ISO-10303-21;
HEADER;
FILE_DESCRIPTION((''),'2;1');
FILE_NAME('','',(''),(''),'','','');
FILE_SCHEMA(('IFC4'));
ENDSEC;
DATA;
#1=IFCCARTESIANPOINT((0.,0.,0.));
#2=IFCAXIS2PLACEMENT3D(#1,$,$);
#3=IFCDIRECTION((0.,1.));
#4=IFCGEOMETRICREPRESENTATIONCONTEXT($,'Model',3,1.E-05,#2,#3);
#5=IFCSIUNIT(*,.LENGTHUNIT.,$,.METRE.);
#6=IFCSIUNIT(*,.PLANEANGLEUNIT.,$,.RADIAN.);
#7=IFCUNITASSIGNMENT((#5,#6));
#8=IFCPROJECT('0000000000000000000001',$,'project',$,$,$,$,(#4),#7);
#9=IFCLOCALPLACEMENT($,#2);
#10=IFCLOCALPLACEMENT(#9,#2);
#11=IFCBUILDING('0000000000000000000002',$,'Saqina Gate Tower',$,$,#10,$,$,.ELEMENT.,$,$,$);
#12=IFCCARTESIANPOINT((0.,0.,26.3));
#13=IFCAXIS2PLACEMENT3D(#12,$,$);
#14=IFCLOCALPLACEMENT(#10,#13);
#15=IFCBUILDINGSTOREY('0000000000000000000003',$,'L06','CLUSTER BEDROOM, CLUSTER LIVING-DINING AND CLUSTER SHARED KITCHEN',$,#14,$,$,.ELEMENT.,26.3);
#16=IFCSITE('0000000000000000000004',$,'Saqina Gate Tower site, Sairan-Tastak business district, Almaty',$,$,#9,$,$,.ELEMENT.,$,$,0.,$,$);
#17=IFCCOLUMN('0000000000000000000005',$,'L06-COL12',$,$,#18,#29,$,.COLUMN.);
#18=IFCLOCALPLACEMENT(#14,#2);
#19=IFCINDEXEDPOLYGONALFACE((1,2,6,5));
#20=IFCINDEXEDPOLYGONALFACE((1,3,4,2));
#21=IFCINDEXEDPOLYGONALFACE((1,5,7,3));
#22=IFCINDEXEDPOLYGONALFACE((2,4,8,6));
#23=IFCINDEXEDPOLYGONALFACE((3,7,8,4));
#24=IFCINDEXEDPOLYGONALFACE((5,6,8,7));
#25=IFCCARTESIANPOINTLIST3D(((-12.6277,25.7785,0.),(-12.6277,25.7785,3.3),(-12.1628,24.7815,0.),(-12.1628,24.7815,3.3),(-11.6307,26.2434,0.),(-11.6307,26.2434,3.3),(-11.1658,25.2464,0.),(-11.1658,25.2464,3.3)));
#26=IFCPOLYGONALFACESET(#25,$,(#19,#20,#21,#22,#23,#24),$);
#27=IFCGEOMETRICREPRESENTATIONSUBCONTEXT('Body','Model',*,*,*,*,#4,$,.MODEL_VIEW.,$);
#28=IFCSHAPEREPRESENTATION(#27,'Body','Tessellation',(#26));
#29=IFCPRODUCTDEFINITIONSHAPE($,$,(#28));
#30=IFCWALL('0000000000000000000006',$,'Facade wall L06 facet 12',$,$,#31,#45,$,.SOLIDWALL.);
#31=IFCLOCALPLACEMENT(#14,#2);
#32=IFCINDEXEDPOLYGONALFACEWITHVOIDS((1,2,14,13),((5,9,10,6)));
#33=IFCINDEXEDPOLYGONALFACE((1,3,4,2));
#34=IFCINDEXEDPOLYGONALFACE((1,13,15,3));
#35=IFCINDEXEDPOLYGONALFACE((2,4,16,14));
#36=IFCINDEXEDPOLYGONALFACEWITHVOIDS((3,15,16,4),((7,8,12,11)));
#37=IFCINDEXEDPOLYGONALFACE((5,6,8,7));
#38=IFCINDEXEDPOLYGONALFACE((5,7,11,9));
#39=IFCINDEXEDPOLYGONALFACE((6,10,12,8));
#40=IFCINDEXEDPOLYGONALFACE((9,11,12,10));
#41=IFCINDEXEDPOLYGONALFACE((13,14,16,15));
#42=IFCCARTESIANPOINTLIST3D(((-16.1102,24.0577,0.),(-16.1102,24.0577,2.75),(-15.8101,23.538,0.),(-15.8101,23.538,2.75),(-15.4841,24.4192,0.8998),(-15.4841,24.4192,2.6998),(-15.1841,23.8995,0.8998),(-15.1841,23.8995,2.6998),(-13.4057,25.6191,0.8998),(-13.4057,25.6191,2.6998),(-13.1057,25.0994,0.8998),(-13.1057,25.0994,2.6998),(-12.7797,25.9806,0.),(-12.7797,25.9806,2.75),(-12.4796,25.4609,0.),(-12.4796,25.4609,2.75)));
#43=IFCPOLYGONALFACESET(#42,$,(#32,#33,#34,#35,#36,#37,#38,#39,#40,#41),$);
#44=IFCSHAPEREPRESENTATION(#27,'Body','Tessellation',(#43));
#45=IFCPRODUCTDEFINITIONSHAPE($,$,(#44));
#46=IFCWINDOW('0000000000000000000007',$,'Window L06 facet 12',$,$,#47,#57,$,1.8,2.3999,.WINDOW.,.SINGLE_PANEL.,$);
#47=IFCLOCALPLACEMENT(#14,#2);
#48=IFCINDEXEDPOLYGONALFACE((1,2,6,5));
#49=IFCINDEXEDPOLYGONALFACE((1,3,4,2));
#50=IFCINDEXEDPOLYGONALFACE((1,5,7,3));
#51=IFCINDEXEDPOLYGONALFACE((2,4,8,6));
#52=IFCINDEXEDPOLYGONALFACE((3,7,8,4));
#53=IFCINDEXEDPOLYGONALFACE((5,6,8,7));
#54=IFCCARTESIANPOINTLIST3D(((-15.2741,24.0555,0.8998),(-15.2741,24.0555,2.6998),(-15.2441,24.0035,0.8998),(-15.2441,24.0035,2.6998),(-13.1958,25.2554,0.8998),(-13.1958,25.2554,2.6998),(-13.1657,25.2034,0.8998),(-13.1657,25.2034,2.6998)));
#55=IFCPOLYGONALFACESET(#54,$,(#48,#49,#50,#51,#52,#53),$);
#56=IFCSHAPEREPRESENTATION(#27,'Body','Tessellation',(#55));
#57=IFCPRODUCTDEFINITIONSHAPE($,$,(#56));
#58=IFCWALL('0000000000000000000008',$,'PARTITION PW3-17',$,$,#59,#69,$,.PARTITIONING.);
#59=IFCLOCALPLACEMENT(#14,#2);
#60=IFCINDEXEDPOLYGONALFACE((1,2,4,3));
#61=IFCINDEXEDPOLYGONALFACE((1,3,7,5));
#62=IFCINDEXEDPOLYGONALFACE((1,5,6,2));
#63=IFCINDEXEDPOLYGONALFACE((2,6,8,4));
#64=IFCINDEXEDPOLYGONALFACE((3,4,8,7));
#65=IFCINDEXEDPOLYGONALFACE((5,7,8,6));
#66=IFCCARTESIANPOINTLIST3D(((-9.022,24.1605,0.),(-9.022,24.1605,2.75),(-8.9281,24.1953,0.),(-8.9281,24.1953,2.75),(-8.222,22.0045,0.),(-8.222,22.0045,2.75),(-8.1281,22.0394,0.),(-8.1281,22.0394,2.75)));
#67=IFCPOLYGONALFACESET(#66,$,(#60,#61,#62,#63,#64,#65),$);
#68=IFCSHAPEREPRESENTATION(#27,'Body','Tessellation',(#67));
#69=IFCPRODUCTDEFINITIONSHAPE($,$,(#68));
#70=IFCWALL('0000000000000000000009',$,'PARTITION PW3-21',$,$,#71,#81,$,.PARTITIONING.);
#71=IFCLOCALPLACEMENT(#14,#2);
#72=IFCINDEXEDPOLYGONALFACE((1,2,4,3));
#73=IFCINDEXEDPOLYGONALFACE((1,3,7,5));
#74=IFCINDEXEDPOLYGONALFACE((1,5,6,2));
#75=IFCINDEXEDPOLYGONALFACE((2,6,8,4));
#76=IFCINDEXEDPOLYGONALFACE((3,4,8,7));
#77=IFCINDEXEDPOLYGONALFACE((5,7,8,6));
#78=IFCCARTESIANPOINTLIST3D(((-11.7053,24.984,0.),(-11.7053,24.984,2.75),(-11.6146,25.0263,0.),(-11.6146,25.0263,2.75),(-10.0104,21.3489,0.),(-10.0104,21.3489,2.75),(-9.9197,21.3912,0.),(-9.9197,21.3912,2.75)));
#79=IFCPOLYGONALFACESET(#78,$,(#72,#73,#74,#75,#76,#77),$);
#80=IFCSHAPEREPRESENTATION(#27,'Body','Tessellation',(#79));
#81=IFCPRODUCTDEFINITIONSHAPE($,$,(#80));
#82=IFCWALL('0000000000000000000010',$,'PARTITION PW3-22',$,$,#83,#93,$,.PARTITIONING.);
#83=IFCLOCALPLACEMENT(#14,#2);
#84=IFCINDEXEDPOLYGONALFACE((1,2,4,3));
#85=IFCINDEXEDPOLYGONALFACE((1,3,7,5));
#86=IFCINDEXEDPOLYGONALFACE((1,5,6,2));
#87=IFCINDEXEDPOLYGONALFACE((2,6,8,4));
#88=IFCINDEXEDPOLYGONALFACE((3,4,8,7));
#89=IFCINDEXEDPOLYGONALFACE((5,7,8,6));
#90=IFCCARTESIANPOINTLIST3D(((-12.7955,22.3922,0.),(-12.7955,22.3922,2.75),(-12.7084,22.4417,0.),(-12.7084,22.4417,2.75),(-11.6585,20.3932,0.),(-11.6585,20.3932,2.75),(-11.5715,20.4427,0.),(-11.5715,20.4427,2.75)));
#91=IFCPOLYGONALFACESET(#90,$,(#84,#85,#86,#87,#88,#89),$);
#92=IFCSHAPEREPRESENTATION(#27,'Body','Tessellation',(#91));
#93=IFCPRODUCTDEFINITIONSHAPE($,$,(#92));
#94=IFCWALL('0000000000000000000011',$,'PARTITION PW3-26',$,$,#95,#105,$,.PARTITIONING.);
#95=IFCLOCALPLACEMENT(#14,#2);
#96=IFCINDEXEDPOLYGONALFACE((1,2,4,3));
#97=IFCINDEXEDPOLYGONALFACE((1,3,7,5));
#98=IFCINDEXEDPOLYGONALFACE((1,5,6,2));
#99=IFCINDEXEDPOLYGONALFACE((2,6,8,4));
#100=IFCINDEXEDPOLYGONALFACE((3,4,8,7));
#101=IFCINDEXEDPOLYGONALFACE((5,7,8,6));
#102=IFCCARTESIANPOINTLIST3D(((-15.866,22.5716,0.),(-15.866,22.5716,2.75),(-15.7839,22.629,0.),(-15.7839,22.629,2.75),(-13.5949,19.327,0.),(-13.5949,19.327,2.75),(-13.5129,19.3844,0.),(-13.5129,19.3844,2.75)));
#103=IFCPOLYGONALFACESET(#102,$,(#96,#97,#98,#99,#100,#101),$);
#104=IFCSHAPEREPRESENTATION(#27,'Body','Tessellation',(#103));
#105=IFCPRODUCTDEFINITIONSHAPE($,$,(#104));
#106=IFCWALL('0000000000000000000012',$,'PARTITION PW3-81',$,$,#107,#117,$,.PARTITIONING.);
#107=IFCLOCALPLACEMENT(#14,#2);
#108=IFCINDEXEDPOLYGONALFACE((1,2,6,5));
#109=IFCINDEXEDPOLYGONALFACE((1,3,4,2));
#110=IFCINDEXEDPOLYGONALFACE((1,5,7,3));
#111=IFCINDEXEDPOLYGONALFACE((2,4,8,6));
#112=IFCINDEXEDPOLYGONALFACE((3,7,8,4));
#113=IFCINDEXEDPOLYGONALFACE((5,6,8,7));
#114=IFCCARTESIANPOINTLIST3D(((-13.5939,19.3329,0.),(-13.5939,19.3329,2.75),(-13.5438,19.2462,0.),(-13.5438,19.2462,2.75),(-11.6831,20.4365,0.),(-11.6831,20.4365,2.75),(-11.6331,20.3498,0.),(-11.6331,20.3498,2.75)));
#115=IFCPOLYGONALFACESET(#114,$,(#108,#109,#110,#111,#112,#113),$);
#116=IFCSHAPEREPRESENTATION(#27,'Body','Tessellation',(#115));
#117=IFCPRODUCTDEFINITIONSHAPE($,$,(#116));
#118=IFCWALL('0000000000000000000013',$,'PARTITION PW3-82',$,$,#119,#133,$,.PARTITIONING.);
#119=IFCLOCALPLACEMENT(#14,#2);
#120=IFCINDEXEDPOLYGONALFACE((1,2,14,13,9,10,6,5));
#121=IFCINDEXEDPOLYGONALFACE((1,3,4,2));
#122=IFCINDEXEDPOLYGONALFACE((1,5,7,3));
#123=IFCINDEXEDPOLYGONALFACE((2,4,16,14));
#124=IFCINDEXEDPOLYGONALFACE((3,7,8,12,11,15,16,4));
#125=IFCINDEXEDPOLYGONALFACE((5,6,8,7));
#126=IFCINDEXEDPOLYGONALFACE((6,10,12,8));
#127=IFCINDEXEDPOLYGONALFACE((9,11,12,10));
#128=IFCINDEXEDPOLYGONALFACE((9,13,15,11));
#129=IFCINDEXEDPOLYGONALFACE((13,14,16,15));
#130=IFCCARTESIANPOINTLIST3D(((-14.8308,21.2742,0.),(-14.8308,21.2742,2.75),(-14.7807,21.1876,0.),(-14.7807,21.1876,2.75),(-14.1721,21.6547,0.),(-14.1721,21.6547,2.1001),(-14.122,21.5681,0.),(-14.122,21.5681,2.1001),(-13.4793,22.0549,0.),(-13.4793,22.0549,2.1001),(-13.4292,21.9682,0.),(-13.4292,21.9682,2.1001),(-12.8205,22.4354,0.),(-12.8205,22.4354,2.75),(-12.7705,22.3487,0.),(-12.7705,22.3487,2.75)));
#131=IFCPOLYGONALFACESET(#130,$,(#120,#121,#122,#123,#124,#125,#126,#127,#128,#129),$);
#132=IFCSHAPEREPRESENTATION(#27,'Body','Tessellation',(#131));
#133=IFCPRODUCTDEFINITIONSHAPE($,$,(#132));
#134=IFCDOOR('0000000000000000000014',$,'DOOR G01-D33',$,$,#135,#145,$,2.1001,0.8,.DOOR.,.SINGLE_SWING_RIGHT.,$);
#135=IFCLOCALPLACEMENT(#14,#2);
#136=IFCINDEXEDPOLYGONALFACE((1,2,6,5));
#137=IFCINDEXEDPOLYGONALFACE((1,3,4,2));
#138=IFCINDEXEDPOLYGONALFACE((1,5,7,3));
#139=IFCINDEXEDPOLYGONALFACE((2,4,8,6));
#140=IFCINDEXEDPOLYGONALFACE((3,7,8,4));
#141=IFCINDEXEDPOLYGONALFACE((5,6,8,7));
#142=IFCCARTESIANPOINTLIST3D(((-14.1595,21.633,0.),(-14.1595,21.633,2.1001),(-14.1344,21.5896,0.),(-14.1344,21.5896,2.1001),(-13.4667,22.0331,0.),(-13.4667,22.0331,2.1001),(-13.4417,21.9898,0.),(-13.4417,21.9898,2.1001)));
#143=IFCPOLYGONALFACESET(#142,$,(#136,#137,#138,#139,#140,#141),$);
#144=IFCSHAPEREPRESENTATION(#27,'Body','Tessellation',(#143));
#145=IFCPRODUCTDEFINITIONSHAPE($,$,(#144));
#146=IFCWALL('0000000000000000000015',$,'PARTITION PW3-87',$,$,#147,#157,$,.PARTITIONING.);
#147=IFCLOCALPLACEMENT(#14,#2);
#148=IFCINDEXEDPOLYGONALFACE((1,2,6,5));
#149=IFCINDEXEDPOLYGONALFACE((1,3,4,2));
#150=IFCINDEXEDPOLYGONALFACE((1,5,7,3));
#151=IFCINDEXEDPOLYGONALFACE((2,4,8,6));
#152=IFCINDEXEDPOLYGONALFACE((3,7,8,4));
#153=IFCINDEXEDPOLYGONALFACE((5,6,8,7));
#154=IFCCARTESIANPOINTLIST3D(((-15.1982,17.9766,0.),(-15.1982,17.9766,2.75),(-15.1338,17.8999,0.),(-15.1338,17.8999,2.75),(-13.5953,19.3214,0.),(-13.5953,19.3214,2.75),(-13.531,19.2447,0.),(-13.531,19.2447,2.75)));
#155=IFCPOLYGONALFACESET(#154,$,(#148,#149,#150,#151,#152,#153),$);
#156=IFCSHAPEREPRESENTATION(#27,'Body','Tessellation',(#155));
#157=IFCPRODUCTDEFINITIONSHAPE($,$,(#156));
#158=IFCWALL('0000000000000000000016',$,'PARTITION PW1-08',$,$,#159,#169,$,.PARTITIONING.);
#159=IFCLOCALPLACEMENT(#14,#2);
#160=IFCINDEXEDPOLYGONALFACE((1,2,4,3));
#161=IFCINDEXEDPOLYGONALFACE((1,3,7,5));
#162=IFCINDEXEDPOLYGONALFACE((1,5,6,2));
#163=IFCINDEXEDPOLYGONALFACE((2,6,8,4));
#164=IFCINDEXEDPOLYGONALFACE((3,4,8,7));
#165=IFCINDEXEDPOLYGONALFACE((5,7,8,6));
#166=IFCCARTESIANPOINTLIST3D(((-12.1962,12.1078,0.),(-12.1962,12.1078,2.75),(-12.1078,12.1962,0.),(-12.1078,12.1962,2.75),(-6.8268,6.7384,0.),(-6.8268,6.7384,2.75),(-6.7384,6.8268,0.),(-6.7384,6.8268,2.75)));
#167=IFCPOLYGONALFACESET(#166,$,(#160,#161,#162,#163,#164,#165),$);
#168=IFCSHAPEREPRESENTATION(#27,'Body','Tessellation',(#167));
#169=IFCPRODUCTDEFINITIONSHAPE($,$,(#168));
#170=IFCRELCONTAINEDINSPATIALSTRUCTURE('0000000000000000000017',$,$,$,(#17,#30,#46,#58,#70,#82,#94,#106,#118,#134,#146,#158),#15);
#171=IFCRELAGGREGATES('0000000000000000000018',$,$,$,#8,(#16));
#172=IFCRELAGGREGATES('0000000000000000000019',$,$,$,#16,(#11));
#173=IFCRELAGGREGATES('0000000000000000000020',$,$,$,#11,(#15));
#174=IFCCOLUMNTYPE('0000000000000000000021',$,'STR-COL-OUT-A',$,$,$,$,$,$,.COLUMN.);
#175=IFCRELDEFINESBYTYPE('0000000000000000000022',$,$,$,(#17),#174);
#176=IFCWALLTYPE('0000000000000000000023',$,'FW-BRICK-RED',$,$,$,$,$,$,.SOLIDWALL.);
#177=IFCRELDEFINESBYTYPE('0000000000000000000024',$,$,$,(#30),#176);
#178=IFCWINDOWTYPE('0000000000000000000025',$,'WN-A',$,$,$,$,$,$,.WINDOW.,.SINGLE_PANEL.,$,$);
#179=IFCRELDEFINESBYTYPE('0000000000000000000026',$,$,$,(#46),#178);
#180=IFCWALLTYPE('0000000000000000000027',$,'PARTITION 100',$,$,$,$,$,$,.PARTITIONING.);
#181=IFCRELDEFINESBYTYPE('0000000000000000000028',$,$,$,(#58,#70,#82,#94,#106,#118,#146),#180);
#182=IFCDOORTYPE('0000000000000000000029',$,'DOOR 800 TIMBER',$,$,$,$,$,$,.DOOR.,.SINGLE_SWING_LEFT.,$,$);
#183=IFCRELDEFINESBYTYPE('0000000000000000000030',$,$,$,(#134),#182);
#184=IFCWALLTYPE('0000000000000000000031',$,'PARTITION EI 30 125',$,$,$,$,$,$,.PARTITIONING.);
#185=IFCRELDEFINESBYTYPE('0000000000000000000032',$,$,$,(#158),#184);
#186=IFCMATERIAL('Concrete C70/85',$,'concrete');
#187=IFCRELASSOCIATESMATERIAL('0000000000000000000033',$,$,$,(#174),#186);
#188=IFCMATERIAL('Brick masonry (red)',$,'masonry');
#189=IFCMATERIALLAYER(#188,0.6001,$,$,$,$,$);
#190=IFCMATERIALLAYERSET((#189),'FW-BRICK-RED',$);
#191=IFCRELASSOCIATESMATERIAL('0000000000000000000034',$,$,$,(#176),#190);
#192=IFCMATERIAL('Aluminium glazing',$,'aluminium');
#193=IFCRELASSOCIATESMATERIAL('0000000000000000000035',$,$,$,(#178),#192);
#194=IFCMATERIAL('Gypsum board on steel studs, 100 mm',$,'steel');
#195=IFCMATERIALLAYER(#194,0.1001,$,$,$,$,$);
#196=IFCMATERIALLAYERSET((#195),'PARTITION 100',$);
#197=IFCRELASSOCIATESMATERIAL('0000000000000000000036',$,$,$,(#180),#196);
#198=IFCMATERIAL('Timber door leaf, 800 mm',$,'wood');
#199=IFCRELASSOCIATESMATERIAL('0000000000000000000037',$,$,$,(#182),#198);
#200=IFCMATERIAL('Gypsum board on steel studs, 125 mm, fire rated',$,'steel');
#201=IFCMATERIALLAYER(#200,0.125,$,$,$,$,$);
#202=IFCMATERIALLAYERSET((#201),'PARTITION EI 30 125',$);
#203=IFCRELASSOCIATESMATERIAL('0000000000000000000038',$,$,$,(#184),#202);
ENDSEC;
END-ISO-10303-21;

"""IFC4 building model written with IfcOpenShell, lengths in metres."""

from ifc_helpers import new_model, si_unit, direction, frame, frame_2d, origin, origin_2d, place, context, subcontext, project, spatial, rectangle, extrude, material, layer, layer_set, material_profile, profile_set, type_object, element, fill, save


model = new_model("IFC4")

# Units and contexts
model_context = context("Model", 3, precision=1e-05, world=origin(), true_north=direction((0.0, 1.0)))
body_context = subcontext(model_context, "Body", "Model", "MODEL_VIEW")
ifc_project = project(units=[si_unit("LENGTHUNIT", "METRE"), si_unit("PLANEANGLEUNIT", "RADIAN")], contexts=[model_context])

# Site, building, storey
site_placement = place(None, origin())
site = spatial("IfcSite", under=ifc_project, at=site_placement, Name="Saqina Gate Tower site, Sairan-Tastak business district, Almaty", CompositionType="ELEMENT", RefElevation=0.0)
building_placement = place(site_placement, origin())
building = spatial("IfcBuilding", under=site, at=building_placement, Name="Saqina Gate Tower", CompositionType="ELEMENT")
storey_placement = place(building_placement, frame((0.0, 0.0, 26.3)))
storey = spatial("IfcBuildingStorey", under=building, at=storey_placement, Name="L06", Description="CLUSTER BEDROOM, CLUSTER LIVING-DINING AND CLUSTER SHARED KITCHEN", CompositionType="ELEMENT", Elevation=26.3)

# Column
ifc_material_1 = material(Name="Concrete C70/85", Category="concrete")
ifc_material_profile = material_profile(ifc_material_1, rectangle(XDim=1.1001, YDim=1.1001, at=origin_2d()), Name="RC 1100x1100")
ifc_profile_set = profile_set([ifc_material_profile], Name="Concrete C70/85")
column_type = type_object("IfcColumnType", Name="STR-COL-OUT-A", PredefinedType="COLUMN", material=ifc_profile_set)
column_placement = place(storey_placement, frame((-11.8967, 25.5125, 0.0), z_axis=(0.0, 0.0, 1.0), x_axis=(-0.422618, 0.906308, 0.0)))
element("IfcColumn", 1, at=column_placement, inside=storey, type_object=column_type, Name="L06-COL12", PredefinedType="COLUMN", context=body_context, shape_type="SweptSolid", body=[
    extrude(rectangle(XDim=1.1001, YDim=1.1001, at=origin_2d()), origin(), (0.0, 0.0, 1.0), 3.3),
])

# Wall, opening, window
ifc_material_2 = material(Name="Brick masonry (red)", Category="masonry")
ifc_layer_1 = layer(ifc_material_2, 0.6001)
ifc_layer_set_1 = layer_set([ifc_layer_1], Name="FW-BRICK-RED")
wall_type_1 = type_object("IfcWallType", Name="FW-BRICK-RED", PredefinedType="SOLIDWALL", material=ifc_layer_set_1)
wall_1_placement = place(storey_placement, frame((-12.6296, 25.7207, 0.0), z_axis=(0.0, 0.0, 1.0), x_axis=(-0.866031, -0.49999, 0.0)))
wall_1 = element("IfcWall", 2, at=wall_1_placement, inside=storey, type_object=wall_type_1, Name="Facade wall L06 facet 12", PredefinedType="SOLIDWALL", context=body_context, shape_type="SweptSolid", body=[
    extrude(rectangle(XDim=3.8457, YDim=0.6001, at=frame_2d((1.9229, 0.0))), origin(), (0.0, 0.0, 1.0), 2.75),
])
opening_1_placement = place(wall_1_placement, frame((0.7229, 0.0, 0.8999)))
opening_1 = element("IfcOpeningElement", 3, at=opening_1_placement, cuts=wall_1, PredefinedType="OPENING", context=body_context, shape_type="SweptSolid", body=[
    extrude(rectangle(XDim=2.3999, YDim=1.8, at=frame_2d((1.2, 0.8999))), frame((0.0, 0.312, 0.0), z_axis=(0.0, -1.0, 0.0), x_axis=(1.0, 0.0, 0.0)), (0.0, 0.0, 1.0), 0.624),
])
ifc_material_3 = material(Name="Aluminium glazing", Category="aluminium")
window_type = type_object("IfcWindowType", Name="WN-A", PartitioningType="SINGLE_PANEL", PredefinedType="WINDOW", material=ifc_material_3)
window_placement = place(opening_1_placement, origin())
window = element("IfcWindow", 4, at=window_placement, inside=storey, type_object=window_type, Name="Window L06 facet 12", OverallHeight=1.8, OverallWidth=2.3999, PartitioningType="SINGLE_PANEL", PredefinedType="WINDOW", context=body_context, shape_type="SweptSolid", body=[
    extrude(rectangle(XDim=2.3999, YDim=1.8, at=frame_2d((1.2, 0.8999))), frame((0.0, 0.1799, 0.0), z_axis=(0.0, -1.0, 0.0), x_axis=(1.0, 0.0, 0.0)), (0.0, 0.0, 1.0), 0.0601),
])
fill(opening_1, window)

# Walls
ifc_material_4 = material(Name="Gypsum board on steel studs, 100 mm", Category="steel")
ifc_layer_2 = layer(ifc_material_4, 0.1001)
ifc_layer_set_2 = layer_set([ifc_layer_2], Name="PARTITION 100")
wall_type_2 = type_object("IfcWallType", Name="PARTITION 100", PredefinedType="PARTITIONING", material=ifc_layer_set_2)
wall_2_placement = place(storey_placement, frame((-8.9751, 24.178, 0.0), z_axis=(0.0, 0.0, 1.0), x_axis=(0.347899, -0.937532, 0.0)))
element("IfcWall", 5, at=wall_2_placement, inside=storey, type_object=wall_type_2, Name="PARTITION PW3-17", PredefinedType="PARTITIONING", context=body_context, shape_type="SweptSolid", body=[
    extrude(rectangle(XDim=2.2996, YDim=0.1001, at=frame_2d((1.1499, 0.0))), origin(), (0.0, 0.0, 1.0), 2.75),
])
wall_3_placement = place(storey_placement, frame((-11.6599, 25.0051, 0.0), z_axis=(0.0, 0.0, 1.0), x_axis=(0.422576, -0.906328, 0.0)))
element("IfcWall", 6, at=wall_3_placement, inside=storey, type_object=wall_type_2, Name="PARTITION PW3-21", PredefinedType="PARTITIONING", context=body_context, shape_type="SweptSolid", body=[
    extrude(rectangle(XDim=4.0107, YDim=0.1001, at=frame_2d((2.0054, 0.0))), origin(), (0.0, 0.0, 1.0), 2.75),
])
wall_4_placement = place(storey_placement, frame((-12.752, 22.417, 0.0), z_axis=(0.0, 0.0, 1.0), x_axis=(0.494389, -0.869241, 0.0)))
element("IfcWall", 7, at=wall_4_placement, inside=storey, type_object=wall_type_2, Name="PARTITION PW3-22", PredefinedType="PARTITIONING", context=body_context, shape_type="SweptSolid", body=[
    extrude(rectangle(XDim=2.2998, YDim=0.1001, at=frame_2d((1.1499, 0.0))), origin(), (0.0, 0.0, 1.0), 2.75),
])
wall_5_placement = place(storey_placement, frame((-15.825, 22.6003, 0.0), z_axis=(0.0, 0.0, 1.0), x_axis=(0.573421, -0.819261, 0.0)))
element("IfcWall", 8, at=wall_5_placement, inside=storey, type_object=wall_type_2, Name="PARTITION PW3-26", PredefinedType="PARTITIONING", context=body_context, shape_type="SweptSolid", body=[
    extrude(rectangle(XDim=3.9604, YDim=0.1001, at=frame_2d((1.9802, 0.0))), origin(), (0.0, 0.0, 1.0), 2.75),
])
wall_6_placement = place(storey_placement, frame((-13.5688, 19.2896, 0.0), z_axis=(0.0, 0.0, 1.0), x_axis=(0.865946, 0.500137, 0.0)))
element("IfcWall", 9, at=wall_6_placement, inside=storey, type_object=wall_type_2, Name="PARTITION PW3-81", PredefinedType="PARTITIONING", context=body_context, shape_type="SweptSolid", body=[
    extrude(rectangle(XDim=2.2065, YDim=0.1001, at=frame_2d((1.1033, 0.0))), origin(), (0.0, 0.0, 1.0), 2.75),
])

# Wall, opening, door
wall_7_placement = place(storey_placement, frame((-14.8057, 21.231, 0.0), z_axis=(0.0, 0.0, 1.0), x_axis=(0.86593, 0.500165, 0.0)))
wall_7 = element("IfcWall", 10, at=wall_7_placement, inside=storey, type_object=wall_type_2, Name="PARTITION PW3-82", PredefinedType="PARTITIONING", context=body_context, shape_type="SweptSolid", body=[
    extrude(rectangle(XDim=2.3215, YDim=0.1001, at=frame_2d((1.1606, 0.0))), origin(), (0.0, 0.0, 1.0), 2.75),
])
opening_2_placement = place(wall_7_placement, frame((0.7607, 0.0, 0.0)))
opening_2 = element("IfcOpeningElement", 11, at=opening_2_placement, cuts=wall_7, PredefinedType="OPENING", context=body_context, shape_type="SweptSolid", body=[
    extrude(rectangle(XDim=0.8, YDim=2.1001, at=frame_2d((0.3999, 1.05))), frame((0.0, 0.062, 0.0), z_axis=(0.0, -1.0, 0.0), x_axis=(1.0, 0.0, 0.0)), (0.0, 0.0, 1.0), 0.124),
])
ifc_material_5 = material(Name="Timber door leaf, 800 mm", Category="wood")
door_type_1 = type_object("IfcDoorType", Name="DOOR 800 TIMBER", OperationType="SINGLE_SWING_LEFT", PredefinedType="DOOR", material=ifc_material_5)
door_1_placement = place(opening_2_placement, origin())
door_1 = element("IfcDoor", 12, at=door_1_placement, inside=storey, type_object=door_type_1, Name="DOOR G01-D33", OperationType="SINGLE_SWING_RIGHT", OverallHeight=2.1001, OverallWidth=0.8, PredefinedType="DOOR", context=body_context, shape_type="SweptSolid", body=[
    extrude(rectangle(XDim=0.8, YDim=2.1001, at=frame_2d((0.3999, 1.05))), frame((0.0, 0.0249, 0.0), z_axis=(0.0, -1.0, 0.0), x_axis=(1.0, 0.0, 0.0)), (0.0, 0.0, 1.0), 0.05),
])
fill(opening_2, door_1)

# Walls
wall_8_placement = place(storey_placement, frame((-15.166, 17.9382, 0.0), z_axis=(0.0, 0.0, 1.0), x_axis=(0.766084, 0.64274, 0.0)))
element("IfcWall", 13, at=wall_8_placement, inside=storey, type_object=wall_type_2, Name="PARTITION PW3-87", PredefinedType="PARTITIONING", context=body_context, shape_type="SweptSolid", body=[
    extrude(rectangle(XDim=2.0923, YDim=0.1001, at=frame_2d((1.0461, 0.0))), origin(), (0.0, 0.0, 1.0), 2.75),
])
ifc_material_6 = material(Name="Gypsum board on steel studs, 125 mm, fire rated", Category="steel")
ifc_layer_3 = layer(ifc_material_6, 0.125)
ifc_layer_set_3 = layer_set([ifc_layer_3], Name="PARTITION EI 30 125")
wall_type_3 = type_object("IfcWallType", Name="PARTITION EI 30 125", PredefinedType="PARTITIONING", material=ifc_layer_set_3)
wall_9_placement = place(storey_placement, frame((-12.1521, 12.1521, 0.0), z_axis=(0.0, 0.0, 1.0), x_axis=(0.707107, -0.707107, 0.0)))
element("IfcWall", 14, at=wall_9_placement, inside=storey, type_object=wall_type_3, Name="PARTITION PW1-08", PredefinedType="PARTITIONING", context=body_context, shape_type="SweptSolid", body=[
    extrude(rectangle(XDim=7.5935, YDim=0.125, at=frame_2d((3.7969, 0.0))), origin(), (0.0, 0.0, 1.0), 2.75),
])

save(model, "model.ifc")
